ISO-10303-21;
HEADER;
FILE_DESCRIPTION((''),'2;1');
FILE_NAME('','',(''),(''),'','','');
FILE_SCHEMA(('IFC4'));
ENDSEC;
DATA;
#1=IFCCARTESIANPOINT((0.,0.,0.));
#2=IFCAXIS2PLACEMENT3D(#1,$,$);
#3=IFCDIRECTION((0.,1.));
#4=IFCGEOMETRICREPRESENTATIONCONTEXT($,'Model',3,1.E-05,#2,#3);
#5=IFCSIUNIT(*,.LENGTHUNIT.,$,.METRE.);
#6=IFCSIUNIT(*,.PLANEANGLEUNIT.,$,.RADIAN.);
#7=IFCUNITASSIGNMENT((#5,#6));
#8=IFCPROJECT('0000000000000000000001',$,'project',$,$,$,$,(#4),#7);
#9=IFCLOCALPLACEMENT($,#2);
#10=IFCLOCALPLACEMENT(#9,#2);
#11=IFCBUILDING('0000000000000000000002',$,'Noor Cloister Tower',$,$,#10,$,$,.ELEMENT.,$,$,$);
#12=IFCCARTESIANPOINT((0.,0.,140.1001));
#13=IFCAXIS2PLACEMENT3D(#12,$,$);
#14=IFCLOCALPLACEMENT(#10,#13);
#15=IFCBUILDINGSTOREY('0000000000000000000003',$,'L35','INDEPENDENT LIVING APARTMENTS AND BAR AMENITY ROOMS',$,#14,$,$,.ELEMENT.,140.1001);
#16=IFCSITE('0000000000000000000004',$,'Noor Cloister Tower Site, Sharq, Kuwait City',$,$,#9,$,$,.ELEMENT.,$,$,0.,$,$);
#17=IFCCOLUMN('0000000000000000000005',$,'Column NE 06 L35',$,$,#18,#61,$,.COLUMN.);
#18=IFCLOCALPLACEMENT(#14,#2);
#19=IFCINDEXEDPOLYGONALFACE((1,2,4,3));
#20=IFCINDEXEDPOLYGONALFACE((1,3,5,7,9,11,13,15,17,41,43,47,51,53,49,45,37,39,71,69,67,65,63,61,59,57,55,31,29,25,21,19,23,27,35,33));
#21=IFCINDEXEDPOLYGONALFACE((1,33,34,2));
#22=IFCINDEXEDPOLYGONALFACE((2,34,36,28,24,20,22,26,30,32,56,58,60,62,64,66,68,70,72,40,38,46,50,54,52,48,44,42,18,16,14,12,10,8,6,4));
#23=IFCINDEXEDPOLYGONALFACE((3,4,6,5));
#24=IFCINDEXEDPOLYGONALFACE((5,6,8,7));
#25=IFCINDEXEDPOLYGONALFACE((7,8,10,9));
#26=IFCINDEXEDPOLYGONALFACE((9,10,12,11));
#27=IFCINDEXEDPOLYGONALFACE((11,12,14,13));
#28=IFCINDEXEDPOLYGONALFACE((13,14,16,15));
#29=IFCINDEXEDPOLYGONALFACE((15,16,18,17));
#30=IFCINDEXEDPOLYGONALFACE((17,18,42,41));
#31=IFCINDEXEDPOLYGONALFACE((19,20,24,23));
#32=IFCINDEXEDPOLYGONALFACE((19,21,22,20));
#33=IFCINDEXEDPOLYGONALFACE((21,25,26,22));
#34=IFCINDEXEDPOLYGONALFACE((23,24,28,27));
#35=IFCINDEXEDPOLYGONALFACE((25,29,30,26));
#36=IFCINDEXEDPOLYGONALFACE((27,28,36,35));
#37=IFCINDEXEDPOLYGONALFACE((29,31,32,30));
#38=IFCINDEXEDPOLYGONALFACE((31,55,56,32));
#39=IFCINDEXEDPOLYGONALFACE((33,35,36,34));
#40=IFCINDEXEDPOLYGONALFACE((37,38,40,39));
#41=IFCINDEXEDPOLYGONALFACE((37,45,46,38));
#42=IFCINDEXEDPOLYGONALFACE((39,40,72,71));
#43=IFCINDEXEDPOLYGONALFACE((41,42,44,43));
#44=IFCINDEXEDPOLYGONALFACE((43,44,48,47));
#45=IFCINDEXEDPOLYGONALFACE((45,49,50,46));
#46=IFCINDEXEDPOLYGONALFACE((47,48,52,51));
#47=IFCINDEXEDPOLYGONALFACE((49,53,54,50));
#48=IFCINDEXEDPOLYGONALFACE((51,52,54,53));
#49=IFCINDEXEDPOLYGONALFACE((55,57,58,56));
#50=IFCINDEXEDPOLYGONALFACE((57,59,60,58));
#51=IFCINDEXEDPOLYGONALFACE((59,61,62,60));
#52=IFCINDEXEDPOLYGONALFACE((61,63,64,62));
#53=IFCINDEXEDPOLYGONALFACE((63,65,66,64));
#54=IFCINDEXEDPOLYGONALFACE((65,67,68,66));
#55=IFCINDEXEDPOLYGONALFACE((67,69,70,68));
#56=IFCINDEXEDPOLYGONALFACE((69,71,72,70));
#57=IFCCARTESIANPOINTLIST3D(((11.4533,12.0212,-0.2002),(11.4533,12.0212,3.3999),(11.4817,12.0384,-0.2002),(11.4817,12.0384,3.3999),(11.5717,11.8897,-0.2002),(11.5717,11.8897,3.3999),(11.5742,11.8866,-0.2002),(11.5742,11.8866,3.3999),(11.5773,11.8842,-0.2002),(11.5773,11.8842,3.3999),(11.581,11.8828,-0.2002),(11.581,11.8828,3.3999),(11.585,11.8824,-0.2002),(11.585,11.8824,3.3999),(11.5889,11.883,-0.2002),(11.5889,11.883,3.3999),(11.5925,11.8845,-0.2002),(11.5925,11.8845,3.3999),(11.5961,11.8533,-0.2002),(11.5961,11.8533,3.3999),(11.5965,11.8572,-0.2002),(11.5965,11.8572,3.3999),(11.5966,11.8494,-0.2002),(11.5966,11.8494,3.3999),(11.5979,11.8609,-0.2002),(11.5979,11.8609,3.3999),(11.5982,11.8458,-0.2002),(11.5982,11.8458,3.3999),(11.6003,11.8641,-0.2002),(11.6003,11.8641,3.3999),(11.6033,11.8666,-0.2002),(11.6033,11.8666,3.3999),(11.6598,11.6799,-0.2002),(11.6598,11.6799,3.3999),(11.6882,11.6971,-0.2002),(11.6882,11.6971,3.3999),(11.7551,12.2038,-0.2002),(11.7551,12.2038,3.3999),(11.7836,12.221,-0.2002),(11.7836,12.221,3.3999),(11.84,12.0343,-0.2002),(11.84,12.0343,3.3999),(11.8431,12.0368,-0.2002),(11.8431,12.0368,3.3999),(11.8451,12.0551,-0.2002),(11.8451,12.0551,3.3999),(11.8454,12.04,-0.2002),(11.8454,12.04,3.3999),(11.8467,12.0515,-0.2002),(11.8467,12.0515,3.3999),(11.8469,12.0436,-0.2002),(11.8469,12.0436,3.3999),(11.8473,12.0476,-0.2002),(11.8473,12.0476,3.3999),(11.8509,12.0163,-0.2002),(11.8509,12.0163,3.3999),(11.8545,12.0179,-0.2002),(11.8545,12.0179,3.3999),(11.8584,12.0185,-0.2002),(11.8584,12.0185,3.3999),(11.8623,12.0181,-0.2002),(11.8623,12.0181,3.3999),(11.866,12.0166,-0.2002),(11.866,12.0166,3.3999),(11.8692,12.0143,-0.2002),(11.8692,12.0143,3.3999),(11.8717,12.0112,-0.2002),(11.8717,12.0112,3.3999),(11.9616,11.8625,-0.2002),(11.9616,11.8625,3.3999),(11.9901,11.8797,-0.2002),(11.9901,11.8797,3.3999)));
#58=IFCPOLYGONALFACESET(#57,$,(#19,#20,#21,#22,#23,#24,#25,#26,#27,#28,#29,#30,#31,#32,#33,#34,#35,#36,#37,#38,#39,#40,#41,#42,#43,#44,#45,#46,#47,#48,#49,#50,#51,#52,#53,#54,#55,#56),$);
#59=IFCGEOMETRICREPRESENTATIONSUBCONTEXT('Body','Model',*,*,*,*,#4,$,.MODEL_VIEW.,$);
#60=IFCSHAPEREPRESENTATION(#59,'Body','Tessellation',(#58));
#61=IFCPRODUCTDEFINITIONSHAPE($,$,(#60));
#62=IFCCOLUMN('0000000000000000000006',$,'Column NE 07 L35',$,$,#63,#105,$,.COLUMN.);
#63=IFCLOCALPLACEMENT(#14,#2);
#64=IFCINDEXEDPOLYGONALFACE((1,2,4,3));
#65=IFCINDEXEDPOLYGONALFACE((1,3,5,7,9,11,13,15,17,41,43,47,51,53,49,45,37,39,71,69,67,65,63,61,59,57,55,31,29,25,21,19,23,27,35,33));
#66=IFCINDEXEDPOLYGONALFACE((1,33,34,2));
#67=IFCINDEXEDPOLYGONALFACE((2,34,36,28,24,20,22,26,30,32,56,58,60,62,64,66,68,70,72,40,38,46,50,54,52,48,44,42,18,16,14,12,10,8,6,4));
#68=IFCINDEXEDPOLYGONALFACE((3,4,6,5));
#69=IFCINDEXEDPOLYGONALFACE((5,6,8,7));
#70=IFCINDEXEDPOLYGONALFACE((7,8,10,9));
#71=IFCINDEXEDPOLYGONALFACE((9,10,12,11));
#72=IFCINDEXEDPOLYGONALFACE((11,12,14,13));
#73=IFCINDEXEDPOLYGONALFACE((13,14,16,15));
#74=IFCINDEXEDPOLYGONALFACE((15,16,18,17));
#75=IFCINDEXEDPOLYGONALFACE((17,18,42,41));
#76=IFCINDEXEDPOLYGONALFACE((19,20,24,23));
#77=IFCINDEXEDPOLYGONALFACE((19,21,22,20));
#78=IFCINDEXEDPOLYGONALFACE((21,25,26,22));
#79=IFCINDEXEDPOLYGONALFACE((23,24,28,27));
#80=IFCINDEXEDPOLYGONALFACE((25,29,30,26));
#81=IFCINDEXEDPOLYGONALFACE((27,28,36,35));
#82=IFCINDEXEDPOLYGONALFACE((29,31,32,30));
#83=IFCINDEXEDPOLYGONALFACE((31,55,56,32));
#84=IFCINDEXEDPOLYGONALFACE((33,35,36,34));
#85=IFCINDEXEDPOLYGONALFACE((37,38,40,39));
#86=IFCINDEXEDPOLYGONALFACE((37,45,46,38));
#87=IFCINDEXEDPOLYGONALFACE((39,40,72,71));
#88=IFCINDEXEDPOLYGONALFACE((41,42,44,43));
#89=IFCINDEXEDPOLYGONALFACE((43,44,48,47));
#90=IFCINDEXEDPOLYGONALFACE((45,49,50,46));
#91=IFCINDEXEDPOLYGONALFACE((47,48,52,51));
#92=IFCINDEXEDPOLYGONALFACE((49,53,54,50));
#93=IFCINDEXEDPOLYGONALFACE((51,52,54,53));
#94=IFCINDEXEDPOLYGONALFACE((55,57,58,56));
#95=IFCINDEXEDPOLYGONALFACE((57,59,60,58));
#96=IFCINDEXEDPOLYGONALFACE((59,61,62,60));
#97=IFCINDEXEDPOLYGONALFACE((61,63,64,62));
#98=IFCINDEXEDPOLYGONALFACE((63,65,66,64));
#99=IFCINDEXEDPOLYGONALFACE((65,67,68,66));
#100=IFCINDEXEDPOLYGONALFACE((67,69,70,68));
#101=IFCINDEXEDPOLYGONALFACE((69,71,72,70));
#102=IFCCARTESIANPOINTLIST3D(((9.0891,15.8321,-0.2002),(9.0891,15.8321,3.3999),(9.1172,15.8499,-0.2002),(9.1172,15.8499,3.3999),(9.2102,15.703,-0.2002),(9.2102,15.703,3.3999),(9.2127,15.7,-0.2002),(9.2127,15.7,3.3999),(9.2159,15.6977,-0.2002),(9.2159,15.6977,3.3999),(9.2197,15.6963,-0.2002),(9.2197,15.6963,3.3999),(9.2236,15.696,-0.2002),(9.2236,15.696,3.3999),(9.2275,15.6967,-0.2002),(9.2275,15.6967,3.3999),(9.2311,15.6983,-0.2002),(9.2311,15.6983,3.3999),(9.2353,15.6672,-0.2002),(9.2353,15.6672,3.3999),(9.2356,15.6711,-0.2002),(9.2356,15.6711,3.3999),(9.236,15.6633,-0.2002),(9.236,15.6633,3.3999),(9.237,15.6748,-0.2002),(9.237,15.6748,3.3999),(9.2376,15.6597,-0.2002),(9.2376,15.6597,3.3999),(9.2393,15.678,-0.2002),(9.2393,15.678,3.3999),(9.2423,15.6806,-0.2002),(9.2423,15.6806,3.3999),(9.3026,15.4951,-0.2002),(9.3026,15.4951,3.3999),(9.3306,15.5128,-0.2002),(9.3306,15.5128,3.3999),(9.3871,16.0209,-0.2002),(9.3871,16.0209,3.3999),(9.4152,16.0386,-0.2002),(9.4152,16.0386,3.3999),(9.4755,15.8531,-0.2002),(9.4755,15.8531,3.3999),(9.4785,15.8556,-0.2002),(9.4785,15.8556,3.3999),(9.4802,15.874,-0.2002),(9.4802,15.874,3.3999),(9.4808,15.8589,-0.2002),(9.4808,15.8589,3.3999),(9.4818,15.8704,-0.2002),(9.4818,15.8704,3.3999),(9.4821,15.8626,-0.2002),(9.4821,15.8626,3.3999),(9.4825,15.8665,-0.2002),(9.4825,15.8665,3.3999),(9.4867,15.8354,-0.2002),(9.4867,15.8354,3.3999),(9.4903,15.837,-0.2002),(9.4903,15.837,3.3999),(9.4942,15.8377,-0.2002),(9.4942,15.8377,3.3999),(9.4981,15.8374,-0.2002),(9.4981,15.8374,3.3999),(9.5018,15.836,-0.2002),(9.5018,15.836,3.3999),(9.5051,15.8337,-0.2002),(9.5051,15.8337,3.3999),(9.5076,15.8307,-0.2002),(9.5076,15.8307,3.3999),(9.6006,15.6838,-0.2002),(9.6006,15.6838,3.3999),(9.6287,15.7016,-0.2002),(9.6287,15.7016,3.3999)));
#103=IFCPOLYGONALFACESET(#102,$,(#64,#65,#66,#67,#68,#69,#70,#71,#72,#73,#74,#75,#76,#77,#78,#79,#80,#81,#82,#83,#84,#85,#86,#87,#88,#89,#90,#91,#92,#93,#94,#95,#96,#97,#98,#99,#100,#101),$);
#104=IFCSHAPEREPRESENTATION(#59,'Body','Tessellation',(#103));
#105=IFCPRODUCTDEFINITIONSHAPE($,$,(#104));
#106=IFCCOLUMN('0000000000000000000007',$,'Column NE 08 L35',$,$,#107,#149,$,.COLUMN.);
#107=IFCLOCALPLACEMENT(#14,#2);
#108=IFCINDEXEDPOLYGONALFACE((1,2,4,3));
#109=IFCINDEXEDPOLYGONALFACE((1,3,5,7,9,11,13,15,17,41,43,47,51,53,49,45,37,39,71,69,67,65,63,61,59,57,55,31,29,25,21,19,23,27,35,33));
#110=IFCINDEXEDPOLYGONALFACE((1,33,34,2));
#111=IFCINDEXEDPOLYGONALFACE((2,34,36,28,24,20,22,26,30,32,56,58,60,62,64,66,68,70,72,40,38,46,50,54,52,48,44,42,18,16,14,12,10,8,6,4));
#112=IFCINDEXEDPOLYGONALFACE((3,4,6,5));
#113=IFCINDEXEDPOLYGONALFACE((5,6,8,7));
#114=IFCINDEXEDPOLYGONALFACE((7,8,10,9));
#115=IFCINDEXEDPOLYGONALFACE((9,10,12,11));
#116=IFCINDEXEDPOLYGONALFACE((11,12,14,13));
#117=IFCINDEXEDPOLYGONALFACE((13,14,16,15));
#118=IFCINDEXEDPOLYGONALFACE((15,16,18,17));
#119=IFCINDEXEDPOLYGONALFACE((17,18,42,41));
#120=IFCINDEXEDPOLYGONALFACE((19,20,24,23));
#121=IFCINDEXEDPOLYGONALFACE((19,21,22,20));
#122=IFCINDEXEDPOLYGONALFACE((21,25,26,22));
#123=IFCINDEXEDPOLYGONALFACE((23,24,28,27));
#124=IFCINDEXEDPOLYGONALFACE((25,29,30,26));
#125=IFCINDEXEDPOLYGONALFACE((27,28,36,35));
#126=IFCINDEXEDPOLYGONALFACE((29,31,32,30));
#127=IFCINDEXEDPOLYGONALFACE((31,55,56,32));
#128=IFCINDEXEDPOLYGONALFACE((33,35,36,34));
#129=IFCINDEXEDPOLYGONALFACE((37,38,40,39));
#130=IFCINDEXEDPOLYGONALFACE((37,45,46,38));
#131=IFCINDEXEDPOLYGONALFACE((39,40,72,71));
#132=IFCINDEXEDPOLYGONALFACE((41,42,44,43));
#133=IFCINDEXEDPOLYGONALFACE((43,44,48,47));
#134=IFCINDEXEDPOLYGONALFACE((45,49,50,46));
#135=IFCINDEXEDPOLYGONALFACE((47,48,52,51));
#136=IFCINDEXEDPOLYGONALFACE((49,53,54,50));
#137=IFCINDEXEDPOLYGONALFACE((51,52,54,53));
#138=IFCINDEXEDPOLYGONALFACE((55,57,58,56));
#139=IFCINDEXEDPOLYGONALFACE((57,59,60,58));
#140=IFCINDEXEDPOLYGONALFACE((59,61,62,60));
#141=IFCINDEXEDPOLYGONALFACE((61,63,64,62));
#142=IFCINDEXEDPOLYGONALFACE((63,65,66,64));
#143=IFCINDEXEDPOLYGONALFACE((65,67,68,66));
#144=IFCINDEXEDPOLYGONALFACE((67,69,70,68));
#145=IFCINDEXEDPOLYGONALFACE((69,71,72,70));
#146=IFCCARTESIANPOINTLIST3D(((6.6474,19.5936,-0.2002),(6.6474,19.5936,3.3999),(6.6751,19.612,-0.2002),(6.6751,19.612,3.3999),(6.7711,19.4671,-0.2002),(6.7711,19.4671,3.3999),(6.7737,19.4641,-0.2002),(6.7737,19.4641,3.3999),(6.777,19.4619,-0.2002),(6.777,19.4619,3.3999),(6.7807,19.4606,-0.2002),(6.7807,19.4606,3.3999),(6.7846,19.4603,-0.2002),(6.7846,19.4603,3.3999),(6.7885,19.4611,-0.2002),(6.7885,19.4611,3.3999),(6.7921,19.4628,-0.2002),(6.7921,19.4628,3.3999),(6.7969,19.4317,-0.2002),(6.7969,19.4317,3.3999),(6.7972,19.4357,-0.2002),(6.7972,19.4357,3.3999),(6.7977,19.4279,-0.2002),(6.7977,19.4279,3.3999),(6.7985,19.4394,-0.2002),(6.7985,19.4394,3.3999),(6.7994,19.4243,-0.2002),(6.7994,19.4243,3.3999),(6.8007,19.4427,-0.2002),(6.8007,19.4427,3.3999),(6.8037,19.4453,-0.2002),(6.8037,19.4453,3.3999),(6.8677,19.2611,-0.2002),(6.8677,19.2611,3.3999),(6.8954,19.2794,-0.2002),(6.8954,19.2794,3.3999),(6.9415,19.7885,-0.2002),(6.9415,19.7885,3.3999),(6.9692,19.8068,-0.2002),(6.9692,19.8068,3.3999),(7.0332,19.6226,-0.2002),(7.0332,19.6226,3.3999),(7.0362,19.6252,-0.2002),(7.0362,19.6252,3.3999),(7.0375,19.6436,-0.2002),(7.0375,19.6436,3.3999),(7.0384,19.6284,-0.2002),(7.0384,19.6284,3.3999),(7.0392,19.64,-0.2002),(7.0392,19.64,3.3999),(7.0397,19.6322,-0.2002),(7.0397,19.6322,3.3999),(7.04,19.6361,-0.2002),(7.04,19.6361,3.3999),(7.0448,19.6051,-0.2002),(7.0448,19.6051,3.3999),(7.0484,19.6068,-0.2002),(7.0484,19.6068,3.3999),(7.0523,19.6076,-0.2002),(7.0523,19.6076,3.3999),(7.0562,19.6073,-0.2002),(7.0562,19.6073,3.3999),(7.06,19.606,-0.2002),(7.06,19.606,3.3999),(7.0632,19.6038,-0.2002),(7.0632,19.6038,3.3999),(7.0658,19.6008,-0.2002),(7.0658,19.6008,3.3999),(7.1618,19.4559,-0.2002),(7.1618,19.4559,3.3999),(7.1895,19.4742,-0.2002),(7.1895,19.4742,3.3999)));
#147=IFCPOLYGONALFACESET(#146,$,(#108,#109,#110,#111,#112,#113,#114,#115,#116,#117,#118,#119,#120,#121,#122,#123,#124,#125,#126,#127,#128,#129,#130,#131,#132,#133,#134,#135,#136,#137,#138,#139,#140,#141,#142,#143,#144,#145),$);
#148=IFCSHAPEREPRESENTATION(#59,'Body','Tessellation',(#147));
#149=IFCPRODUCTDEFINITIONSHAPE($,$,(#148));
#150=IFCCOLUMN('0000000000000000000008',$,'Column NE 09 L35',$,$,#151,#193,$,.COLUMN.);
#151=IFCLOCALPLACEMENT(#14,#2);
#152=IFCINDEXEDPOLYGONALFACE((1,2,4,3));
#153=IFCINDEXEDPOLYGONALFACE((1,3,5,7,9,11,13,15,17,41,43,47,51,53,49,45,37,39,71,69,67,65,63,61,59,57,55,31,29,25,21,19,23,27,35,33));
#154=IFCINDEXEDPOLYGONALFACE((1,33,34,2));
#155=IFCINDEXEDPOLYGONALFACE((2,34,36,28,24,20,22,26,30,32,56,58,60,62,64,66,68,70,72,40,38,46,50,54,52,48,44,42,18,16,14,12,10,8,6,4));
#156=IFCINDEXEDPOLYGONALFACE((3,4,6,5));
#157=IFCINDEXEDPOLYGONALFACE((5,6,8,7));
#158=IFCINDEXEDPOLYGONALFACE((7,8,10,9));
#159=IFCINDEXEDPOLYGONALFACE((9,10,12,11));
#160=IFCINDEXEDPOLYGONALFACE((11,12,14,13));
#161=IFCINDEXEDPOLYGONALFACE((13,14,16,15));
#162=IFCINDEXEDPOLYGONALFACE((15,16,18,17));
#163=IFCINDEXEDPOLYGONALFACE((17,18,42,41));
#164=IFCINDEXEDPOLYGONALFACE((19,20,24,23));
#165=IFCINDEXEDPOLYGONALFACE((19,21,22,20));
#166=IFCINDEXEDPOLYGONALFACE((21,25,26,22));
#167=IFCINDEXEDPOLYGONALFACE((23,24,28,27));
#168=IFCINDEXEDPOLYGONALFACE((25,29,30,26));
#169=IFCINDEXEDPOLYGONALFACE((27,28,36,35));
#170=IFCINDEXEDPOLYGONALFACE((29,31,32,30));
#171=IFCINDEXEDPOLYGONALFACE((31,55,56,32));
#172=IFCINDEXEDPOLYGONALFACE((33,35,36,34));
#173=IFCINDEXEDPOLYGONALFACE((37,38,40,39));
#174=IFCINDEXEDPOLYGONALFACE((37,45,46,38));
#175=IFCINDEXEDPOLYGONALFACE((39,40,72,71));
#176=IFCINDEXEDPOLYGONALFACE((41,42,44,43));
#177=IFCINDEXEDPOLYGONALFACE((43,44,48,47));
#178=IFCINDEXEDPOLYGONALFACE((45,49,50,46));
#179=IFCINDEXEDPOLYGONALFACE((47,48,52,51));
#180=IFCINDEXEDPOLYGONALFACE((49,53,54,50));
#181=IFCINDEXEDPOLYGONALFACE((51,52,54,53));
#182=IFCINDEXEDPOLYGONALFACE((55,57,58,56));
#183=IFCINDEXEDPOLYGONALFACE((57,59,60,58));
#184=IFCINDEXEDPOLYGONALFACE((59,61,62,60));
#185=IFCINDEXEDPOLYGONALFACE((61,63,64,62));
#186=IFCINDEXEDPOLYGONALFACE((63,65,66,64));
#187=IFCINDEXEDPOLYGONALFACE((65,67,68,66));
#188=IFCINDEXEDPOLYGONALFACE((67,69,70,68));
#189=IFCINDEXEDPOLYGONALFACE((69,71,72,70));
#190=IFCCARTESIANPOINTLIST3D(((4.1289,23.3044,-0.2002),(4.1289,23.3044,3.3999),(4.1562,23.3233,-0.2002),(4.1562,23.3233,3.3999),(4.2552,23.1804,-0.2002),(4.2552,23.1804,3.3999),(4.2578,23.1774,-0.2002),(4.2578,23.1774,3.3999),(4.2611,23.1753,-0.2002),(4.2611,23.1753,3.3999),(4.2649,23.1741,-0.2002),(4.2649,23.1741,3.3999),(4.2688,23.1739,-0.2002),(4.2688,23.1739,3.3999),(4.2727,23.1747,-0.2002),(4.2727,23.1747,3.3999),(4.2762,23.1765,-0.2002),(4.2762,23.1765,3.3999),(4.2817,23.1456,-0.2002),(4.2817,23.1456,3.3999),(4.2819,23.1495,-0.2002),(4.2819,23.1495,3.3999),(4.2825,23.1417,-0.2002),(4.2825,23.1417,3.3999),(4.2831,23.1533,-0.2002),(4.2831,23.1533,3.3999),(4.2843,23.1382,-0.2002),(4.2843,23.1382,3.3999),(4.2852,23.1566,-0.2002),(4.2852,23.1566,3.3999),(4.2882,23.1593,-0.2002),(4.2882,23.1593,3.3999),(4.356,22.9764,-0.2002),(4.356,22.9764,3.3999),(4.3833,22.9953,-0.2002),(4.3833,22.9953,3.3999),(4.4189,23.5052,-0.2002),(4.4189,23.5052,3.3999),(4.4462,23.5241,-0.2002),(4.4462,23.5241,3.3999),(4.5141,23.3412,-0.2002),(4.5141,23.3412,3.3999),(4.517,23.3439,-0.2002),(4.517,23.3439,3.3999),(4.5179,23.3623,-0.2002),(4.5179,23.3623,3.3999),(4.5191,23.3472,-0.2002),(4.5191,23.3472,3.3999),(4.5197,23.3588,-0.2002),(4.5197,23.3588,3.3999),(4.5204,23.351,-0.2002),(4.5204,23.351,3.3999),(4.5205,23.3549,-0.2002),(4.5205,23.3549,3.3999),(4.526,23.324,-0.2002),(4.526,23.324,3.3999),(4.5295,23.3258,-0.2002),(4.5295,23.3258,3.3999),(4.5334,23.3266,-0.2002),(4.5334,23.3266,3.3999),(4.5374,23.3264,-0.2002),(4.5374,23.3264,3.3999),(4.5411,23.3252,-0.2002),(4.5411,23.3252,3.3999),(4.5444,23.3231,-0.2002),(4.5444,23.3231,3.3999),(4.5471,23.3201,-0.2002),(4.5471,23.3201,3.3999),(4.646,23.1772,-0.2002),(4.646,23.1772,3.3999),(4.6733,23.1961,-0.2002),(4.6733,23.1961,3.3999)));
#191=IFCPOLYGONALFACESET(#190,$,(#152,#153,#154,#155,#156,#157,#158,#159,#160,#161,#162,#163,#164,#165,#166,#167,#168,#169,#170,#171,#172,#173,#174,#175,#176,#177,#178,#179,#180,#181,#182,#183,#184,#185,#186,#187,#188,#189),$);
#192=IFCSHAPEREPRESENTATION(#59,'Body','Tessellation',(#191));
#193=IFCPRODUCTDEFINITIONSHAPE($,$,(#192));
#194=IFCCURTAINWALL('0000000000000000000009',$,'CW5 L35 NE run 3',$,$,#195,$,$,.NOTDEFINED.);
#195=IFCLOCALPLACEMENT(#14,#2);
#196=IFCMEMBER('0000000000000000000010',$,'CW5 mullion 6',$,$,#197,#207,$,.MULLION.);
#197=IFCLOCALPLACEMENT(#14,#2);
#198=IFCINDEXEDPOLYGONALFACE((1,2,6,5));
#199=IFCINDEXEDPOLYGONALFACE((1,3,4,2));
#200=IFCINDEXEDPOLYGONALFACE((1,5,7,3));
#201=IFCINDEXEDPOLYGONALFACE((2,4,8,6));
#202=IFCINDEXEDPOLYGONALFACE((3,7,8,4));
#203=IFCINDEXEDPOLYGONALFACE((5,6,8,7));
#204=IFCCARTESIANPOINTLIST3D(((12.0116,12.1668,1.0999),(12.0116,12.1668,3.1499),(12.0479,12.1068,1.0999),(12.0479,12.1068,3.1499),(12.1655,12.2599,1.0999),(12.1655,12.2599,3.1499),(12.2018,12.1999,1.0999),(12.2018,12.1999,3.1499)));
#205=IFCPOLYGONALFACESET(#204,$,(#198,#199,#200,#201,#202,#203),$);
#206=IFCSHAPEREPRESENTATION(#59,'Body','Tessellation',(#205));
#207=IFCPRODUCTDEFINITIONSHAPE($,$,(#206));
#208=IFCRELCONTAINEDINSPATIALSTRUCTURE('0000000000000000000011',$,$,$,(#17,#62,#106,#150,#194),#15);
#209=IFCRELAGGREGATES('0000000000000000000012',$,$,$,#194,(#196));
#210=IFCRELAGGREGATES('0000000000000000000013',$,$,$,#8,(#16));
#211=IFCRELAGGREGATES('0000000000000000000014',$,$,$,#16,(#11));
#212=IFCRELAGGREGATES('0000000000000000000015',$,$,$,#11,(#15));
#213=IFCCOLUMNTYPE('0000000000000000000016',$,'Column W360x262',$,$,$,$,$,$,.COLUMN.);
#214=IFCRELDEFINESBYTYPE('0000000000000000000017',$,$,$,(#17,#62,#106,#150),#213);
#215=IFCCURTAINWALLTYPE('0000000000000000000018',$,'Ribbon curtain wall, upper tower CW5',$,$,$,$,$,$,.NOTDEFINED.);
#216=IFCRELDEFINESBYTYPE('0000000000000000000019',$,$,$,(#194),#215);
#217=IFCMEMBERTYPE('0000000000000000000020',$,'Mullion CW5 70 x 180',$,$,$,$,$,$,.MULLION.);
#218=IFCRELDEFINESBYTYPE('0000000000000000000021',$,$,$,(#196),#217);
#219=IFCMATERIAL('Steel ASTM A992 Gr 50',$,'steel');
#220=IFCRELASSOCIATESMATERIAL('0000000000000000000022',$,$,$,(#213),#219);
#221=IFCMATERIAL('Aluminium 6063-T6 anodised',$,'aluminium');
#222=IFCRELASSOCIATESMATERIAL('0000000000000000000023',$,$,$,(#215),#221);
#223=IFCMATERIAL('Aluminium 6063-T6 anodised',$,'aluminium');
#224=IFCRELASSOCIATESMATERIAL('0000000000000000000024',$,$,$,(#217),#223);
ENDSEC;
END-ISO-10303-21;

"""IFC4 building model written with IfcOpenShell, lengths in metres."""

from ifc_helpers import new_model, si_unit, direction, frame, origin, origin_2d, place, context, subcontext, project, spatial, rectangle, i_section, extrude, material, material_profile, profile_set, type_object, element, aggregate, save


model = new_model("IFC4")

# Units and contexts
model_context = context("Model", 3, precision=1e-05, world=origin(), true_north=direction((0.0, 1.0)))
body_context = subcontext(model_context, "Body", "Model", "MODEL_VIEW")
ifc_project = project(units=[si_unit("LENGTHUNIT", "METRE"), si_unit("PLANEANGLEUNIT", "RADIAN")], contexts=[model_context])

# Site, building, storey
site_placement = place(None, origin())
site = spatial("IfcSite", under=ifc_project, at=site_placement, Name="Noor Cloister Tower Site, Sharq, Kuwait City", CompositionType="ELEMENT", RefElevation=0.0)
building_placement = place(site_placement, origin())
building = spatial("IfcBuilding", under=site, at=building_placement, Name="Noor Cloister Tower", CompositionType="ELEMENT")
storey_placement = place(building_placement, frame((0.0, 0.0, 140.1001)))
storey = spatial("IfcBuildingStorey", under=building, at=storey_placement, Name="L35", Description="INDEPENDENT LIVING APARTMENTS AND BAR AMENITY ROOMS", CompositionType="ELEMENT", Elevation=140.1001)

# Columns
ifc_material_1 = material(Name="Steel ASTM A992 Gr 50", Category="steel")
ifc_material_profile_1 = material_profile(ifc_material_1, i_section(OverallWidth=0.3989, OverallDepth=0.386, WebThickness=0.021, FlangeThickness=0.0332, FilletRadius=0.0151, at=origin_2d()), Name="W360x262")
ifc_profile_set_1 = profile_set([ifc_material_profile_1], Name="Steel ASTM A992 Gr 50")
column_type = type_object("IfcColumnType", Name="Column W360x262", PredefinedType="COLUMN", material=ifc_profile_set_1)
for number, where, z_axis, x_axis, name in (
    (1, (11.7217, 11.9504, -0.2002), (0.0, 0.0, 1.0), (-0.51765, 0.855592, 0.0), "Column NE 06 L35"),
    (2, (9.3589, 15.7668, -0.2002), (0.0, 0.0, 1.0), (-0.535083, 0.8448, 0.0), "Column NE 07 L35"),
    (3, (6.9185, 19.5339, -0.2002), (0.0, 0.0, 1.0), (-0.55229, 0.833652, 0.0), "Column NE 08 L35"),
    (4, (4.4011, 23.2502, -0.2002), (0.0, 0.0, 1.0), (-0.569266, 0.822154, 0.0), "Column NE 09 L35"),
):
    element("IfcColumn", number, at=place(storey_placement, frame(where, z_axis=z_axis, x_axis=x_axis)), inside=storey, type_object=column_type, Name=name, PredefinedType="COLUMN", context=body_context, shape_type="SweptSolid", body=[
        extrude(i_section(OverallWidth=0.3989, OverallDepth=0.386, WebThickness=0.021, FlangeThickness=0.0332, FilletRadius=0.0151, at=origin_2d()), origin(), (0.0, 0.0, 1.0), 3.6001),
    ])

# Curtain wall, member
ifc_material_2 = material(Name="Aluminium 6063-T6 anodised", Category="aluminium")
curtain_wall_type = type_object("IfcCurtainWallType", Name="Ribbon curtain wall, upper tower CW5", PredefinedType="NOTDEFINED", material=ifc_material_2)
curtain_wall_placement = place(storey_placement, origin())
curtain_wall = element("IfcCurtainWall", 5, at=curtain_wall_placement, inside=storey, type_object=curtain_wall_type, Name="CW5 L35 NE run 3", PredefinedType="NOTDEFINED")
ifc_material_3 = material(Name="Aluminium 6063-T6 anodised", Category="aluminium")
ifc_material_profile_2 = material_profile(ifc_material_3, rectangle(XDim=0.1799, YDim=0.0701, at=origin_2d()), Name="180 x 70 mullion")
ifc_profile_set_2 = profile_set([ifc_material_profile_2], Name="Aluminium 6063-T6 anodised")
member_type = type_object("IfcMemberType", Name="Mullion CW5 70 x 180", PredefinedType="MULLION", material=ifc_profile_set_2)
member_1_placement = place(storey_placement, frame((12.1067, 12.1833, 1.0999), z_axis=(0.0, 0.0, 1.0), x_axis=(-0.855592, -0.51765, 0.0)))
member_1 = element("IfcMember", 6, at=member_1_placement, type_object=member_type, Name="CW5 mullion 6", PredefinedType="MULLION", context=body_context, shape_type="SweptSolid", body=[
    extrude(rectangle(XDim=0.1799, YDim=0.0701, at=origin_2d()), origin(), (0.0, 0.0, 1.0), 2.05),
])

aggregate(curtain_wall, [member_1])

save(model, "model.ifc")
